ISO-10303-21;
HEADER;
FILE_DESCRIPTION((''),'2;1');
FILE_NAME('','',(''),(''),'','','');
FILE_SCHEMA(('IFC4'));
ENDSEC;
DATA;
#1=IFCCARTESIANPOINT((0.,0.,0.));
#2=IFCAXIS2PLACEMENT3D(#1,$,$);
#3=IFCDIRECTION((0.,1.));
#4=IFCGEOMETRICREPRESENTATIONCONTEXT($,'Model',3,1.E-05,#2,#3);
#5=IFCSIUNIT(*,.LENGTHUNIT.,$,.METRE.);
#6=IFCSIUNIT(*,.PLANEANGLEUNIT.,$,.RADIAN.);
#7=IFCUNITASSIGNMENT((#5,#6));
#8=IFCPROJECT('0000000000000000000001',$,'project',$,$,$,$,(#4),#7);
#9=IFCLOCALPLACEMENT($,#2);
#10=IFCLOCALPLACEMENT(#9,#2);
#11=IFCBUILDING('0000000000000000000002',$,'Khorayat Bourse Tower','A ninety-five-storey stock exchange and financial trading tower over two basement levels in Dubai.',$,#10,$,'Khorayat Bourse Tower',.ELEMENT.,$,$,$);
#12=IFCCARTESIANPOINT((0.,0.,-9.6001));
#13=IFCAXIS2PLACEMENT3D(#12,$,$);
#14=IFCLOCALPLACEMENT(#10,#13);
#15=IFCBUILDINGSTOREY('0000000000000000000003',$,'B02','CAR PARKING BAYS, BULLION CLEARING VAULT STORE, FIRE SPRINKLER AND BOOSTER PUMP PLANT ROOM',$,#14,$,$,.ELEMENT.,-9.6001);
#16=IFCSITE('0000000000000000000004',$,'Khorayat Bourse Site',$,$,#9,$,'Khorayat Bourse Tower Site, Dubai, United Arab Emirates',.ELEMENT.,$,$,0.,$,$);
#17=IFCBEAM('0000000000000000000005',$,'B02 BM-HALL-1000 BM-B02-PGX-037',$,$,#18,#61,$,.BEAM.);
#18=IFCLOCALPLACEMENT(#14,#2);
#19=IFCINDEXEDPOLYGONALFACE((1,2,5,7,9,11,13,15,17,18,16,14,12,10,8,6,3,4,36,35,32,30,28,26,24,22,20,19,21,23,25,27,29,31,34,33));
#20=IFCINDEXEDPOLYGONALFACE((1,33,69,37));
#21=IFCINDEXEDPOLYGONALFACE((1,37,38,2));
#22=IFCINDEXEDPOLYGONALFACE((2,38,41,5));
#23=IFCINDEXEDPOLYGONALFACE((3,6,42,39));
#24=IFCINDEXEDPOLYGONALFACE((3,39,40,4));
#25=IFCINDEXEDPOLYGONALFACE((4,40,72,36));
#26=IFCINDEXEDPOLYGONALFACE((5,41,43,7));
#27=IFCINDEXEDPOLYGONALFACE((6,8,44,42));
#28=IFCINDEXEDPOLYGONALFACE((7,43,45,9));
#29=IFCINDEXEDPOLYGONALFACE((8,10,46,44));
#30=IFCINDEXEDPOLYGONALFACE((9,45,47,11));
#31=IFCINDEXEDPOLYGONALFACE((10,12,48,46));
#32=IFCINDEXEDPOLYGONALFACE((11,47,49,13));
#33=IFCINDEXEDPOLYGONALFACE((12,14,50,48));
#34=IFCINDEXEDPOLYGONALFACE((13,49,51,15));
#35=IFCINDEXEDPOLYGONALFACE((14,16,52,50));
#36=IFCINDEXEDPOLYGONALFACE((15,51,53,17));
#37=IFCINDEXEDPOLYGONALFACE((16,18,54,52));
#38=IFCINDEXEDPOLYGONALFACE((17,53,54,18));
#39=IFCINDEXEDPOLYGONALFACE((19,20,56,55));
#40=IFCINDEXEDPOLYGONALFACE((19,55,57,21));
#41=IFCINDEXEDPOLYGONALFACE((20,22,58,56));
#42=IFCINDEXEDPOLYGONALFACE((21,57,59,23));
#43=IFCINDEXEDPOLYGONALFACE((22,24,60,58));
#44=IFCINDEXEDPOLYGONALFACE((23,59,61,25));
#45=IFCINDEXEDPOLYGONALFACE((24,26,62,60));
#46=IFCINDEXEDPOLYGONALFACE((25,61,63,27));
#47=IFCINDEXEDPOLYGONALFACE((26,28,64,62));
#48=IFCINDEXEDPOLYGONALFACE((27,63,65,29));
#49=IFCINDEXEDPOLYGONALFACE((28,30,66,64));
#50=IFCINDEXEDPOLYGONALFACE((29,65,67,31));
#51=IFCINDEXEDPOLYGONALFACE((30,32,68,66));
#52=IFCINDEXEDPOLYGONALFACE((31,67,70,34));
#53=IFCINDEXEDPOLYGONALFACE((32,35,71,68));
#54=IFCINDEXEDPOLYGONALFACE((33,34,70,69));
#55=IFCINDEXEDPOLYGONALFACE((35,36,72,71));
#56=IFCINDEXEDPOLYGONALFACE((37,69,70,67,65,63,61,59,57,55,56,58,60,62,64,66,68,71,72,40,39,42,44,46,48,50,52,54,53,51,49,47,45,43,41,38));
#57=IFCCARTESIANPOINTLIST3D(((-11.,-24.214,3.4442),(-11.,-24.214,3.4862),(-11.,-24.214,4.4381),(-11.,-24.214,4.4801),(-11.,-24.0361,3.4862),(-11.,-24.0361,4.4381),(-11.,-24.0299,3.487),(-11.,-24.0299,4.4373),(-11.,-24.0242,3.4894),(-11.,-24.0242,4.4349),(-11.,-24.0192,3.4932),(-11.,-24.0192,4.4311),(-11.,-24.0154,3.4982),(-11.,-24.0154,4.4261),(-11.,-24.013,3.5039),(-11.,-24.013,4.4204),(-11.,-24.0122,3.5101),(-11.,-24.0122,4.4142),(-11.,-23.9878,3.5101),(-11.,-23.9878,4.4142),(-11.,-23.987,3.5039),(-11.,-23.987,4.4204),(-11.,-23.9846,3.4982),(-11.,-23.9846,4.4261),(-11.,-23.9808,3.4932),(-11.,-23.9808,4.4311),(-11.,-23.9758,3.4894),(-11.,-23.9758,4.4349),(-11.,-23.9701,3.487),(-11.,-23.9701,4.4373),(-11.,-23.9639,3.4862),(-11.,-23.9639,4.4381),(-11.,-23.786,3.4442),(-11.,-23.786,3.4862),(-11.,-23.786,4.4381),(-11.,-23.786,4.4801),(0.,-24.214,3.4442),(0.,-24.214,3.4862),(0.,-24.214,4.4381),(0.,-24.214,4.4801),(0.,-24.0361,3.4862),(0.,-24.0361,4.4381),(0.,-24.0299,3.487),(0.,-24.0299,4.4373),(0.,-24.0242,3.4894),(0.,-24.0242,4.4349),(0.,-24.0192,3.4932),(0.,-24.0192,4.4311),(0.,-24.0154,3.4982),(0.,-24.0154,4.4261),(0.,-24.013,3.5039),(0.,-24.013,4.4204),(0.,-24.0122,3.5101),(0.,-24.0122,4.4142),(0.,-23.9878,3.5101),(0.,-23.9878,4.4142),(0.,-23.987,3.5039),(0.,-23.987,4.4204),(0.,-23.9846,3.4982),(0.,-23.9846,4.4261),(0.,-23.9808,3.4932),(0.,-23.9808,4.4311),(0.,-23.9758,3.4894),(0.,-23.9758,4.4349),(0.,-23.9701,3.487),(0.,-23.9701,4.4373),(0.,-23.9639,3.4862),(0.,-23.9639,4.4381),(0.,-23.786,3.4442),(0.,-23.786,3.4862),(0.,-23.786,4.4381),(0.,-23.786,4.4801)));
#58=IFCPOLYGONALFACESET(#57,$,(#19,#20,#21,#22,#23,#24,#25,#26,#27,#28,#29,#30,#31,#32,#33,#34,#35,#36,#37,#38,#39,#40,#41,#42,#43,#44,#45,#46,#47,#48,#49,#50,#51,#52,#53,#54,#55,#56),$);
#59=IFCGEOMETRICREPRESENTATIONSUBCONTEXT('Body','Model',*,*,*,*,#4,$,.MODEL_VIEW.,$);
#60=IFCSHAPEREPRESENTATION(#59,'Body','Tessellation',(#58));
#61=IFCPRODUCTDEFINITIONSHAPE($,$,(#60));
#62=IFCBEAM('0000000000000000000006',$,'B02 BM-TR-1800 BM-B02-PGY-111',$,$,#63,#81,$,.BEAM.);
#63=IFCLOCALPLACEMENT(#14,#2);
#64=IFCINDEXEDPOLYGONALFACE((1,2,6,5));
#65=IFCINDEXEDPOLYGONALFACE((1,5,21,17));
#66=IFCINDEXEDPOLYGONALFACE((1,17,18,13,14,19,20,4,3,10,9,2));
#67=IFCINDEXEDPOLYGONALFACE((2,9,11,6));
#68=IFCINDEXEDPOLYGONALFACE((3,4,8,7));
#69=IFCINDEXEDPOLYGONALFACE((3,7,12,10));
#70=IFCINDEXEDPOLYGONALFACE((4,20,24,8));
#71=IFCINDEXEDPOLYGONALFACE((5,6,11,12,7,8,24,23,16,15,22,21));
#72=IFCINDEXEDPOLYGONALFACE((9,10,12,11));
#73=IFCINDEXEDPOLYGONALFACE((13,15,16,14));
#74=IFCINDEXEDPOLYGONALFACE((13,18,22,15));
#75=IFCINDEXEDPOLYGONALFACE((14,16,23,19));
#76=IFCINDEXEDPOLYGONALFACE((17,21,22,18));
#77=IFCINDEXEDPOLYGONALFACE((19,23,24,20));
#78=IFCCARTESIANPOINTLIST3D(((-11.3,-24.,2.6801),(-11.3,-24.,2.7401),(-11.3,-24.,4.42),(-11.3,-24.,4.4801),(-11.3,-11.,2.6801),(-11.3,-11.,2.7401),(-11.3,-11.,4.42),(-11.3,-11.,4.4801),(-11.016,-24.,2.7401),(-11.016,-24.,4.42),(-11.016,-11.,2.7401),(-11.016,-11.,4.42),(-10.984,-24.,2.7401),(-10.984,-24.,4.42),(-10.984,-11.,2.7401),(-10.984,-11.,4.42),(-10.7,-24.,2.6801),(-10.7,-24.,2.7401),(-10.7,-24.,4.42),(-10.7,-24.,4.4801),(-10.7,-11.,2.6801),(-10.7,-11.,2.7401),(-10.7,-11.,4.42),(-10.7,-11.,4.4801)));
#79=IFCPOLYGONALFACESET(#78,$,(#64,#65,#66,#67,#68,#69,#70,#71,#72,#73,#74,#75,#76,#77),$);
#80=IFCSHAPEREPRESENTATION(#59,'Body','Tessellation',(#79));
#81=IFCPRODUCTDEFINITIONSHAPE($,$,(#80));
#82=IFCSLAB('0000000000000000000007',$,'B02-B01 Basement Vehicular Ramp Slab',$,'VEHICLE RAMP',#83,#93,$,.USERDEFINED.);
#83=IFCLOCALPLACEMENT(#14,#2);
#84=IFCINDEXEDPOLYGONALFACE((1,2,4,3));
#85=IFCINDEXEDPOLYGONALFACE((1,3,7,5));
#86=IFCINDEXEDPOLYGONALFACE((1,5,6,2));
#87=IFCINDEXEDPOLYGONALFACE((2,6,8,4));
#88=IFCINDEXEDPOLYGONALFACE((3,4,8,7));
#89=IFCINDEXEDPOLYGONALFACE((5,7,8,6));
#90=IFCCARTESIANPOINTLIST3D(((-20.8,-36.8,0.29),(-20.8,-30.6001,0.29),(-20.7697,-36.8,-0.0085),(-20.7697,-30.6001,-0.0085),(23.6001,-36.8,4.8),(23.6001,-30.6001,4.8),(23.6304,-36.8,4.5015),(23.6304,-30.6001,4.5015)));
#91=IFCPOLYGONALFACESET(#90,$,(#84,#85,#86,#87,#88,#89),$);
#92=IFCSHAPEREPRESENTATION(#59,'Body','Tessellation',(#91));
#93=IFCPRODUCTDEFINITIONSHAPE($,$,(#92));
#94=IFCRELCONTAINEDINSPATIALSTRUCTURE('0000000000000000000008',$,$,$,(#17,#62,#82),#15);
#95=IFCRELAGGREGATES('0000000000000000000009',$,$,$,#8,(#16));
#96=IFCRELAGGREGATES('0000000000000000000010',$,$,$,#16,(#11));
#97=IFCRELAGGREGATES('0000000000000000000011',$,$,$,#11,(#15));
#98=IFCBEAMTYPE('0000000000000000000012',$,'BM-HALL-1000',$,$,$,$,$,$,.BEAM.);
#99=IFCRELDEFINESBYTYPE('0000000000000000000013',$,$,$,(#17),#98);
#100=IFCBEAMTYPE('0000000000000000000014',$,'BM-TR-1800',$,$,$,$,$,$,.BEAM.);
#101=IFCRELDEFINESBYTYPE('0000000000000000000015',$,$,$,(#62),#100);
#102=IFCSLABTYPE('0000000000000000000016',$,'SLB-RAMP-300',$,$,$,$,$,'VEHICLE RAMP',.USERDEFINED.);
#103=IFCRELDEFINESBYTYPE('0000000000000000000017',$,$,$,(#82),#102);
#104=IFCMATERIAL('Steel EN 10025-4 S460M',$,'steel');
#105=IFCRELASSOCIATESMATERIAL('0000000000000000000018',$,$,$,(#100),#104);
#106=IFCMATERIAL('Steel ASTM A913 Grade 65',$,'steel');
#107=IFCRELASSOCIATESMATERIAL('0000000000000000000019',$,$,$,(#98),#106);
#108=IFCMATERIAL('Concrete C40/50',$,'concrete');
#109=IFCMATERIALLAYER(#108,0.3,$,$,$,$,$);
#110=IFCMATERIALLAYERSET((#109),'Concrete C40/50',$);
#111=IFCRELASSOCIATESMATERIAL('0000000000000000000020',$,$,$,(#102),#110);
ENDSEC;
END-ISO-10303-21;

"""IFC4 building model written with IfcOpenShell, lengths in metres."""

from ifc_helpers import new_model, si_unit, direction, frame, origin, origin_2d, place, context, subcontext, project, spatial, polyline, i_section, outline, extrude, source, transform, mapped, material, layer, layer_set, material_profile, profile_set, type_object, element, save


model = new_model("IFC4")

# Units and contexts
model_context = context("Model", 3, precision=1e-05, world=origin(), true_north=direction((0.0, 1.0)))
body_context = subcontext(model_context, "Body", "Model", "MODEL_VIEW")
ifc_project = project(units=[si_unit("LENGTHUNIT", "METRE"), si_unit("PLANEANGLEUNIT", "RADIAN")], contexts=[model_context])

# Site, building, storey
site_placement = place(None, origin())
site = spatial("IfcSite", under=ifc_project, at=site_placement, Name="Khorayat Bourse Site", LongName="Khorayat Bourse Tower Site, Dubai, United Arab Emirates", CompositionType="ELEMENT", RefElevation=0.0)
building_placement = place(site_placement, origin())
building = spatial("IfcBuilding", under=site, at=building_placement, Name="Khorayat Bourse Tower", Description="A ninety-five-storey stock exchange and financial trading tower over two basement levels in Dubai.", LongName="Khorayat Bourse Tower", CompositionType="ELEMENT")
storey_placement = place(building_placement, frame((0.0, 0.0, -9.6001)))
storey = spatial("IfcBuildingStorey", under=building, at=storey_placement, Name="B02", Description="CAR PARKING BAYS, BULLION CLEARING VAULT STORE, FIRE SPRINKLER AND BOOSTER PUMP PLANT ROOM", CompositionType="ELEMENT", Elevation=-9.6001)

# Beams
ifc_material_1 = material(Name="Steel EN 10025-4 S460M", Category="steel")
ifc_material_profile_1 = material_profile(ifc_material_1, i_section(OverallWidth=0.6001, OverallDepth=1.8, WebThickness=0.032, FlangeThickness=0.0601, at=origin_2d()), Name="PG 1800x600x32x60")
ifc_profile_set_1 = profile_set([ifc_material_profile_1], Name="Steel EN 10025-4 S460M")
beam_type_1 = type_object("IfcBeamType", Name="BM-TR-1800", PredefinedType="BEAM", material=ifc_profile_set_1)
ifc_material_2 = material(Name="Steel ASTM A913 Grade 65", Category="steel")
ifc_material_profile_2 = material_profile(ifc_material_2, i_section(OverallWidth=0.428, OverallDepth=1.0359, WebThickness=0.0244, FlangeThickness=0.042, FilletRadius=0.0239, at=origin_2d()), Name="W1000X443")
ifc_profile_set_2 = profile_set([ifc_material_profile_2], Name="Steel ASTM A913 Grade 65")
beam_type_2 = type_object("IfcBeamType", Name="BM-HALL-1000", PredefinedType="BEAM", material=ifc_profile_set_2)
shared_shape_1 = source(origin(), body_context, "Body", "SweptSolid", [
    extrude(i_section(OverallWidth=0.428, OverallDepth=1.0359, WebThickness=0.0244, FlangeThickness=0.042, FilletRadius=0.0239, at=origin_2d()), origin(), (0.0, 0.0, 1.0), 11.0),
])
for number, where, z_axis, x_axis, name in (
    (1, (-11.0, -24.0, 3.9622), (1.0, 0.0, 0.0), (0.0, 1.0, 0.0), "B02 BM-HALL-1000 BM-B02-PGX-037"),
):
    element("IfcBeam", number, at=place(storey_placement, frame(where, z_axis=z_axis, x_axis=x_axis)), inside=storey, type_object=beam_type_2, Name=name, PredefinedType="BEAM", context=body_context, shape_type="MappedRepresentation", body=[
        mapped(shared_shape_1, transform((0.0, 0.0, 0.0), scale=1.0)),
    ])
shared_shape_2 = source(origin(), body_context, "Body", "SweptSolid", [
    extrude(i_section(OverallWidth=0.6001, OverallDepth=1.8, WebThickness=0.032, FlangeThickness=0.0601, at=origin_2d()), origin(), (0.0, 0.0, 1.0), 13.0),
])
beam_placement = place(storey_placement, frame((-11.0, -24.0, 3.5801), z_axis=(0.0, 1.0, 0.0), x_axis=(-1.0, 0.0, 0.0)))
element("IfcBeam", 2, at=beam_placement, inside=storey, type_object=beam_type_1, Name="B02 BM-TR-1800 BM-B02-PGY-111", PredefinedType="BEAM", context=body_context, shape_type="MappedRepresentation", body=[
    mapped(shared_shape_2, transform((0.0, 0.0, 0.0), scale=1.0)),
])

# Slab
ifc_material_3 = material(Name="Concrete C40/50", Category="concrete")
ifc_layer = layer(ifc_material_3, 0.3)
ifc_layer_set = layer_set([ifc_layer], Name="Concrete C40/50")
slab_type = type_object("IfcSlabType", Name="SLB-RAMP-300", ElementType="VEHICLE RAMP", PredefinedType="USERDEFINED", material=ifc_layer_set)
slab_placement = place(storey_placement, frame((-20.8, -36.8, 0.29), z_axis=(-0.101056, 0.0, 0.994881), x_axis=(0.994881, 0.0, 0.101056)))
element("IfcSlab", 3, at=slab_placement, inside=storey, type_object=slab_type, Name="B02-B01 Basement Vehicular Ramp Slab", ObjectType="VEHICLE RAMP", PredefinedType="USERDEFINED", context=body_context, shape_type="SweptSolid", body=[
    extrude(outline(polyline([(0.0, 0.0), (44.6286, 0.0), (44.6286, 6.2), (0.0, 6.2), (0.0, 0.0)])), origin(), (0.0, 0.0, -1.0), 0.3),
])

save(model, "model.ifc")
